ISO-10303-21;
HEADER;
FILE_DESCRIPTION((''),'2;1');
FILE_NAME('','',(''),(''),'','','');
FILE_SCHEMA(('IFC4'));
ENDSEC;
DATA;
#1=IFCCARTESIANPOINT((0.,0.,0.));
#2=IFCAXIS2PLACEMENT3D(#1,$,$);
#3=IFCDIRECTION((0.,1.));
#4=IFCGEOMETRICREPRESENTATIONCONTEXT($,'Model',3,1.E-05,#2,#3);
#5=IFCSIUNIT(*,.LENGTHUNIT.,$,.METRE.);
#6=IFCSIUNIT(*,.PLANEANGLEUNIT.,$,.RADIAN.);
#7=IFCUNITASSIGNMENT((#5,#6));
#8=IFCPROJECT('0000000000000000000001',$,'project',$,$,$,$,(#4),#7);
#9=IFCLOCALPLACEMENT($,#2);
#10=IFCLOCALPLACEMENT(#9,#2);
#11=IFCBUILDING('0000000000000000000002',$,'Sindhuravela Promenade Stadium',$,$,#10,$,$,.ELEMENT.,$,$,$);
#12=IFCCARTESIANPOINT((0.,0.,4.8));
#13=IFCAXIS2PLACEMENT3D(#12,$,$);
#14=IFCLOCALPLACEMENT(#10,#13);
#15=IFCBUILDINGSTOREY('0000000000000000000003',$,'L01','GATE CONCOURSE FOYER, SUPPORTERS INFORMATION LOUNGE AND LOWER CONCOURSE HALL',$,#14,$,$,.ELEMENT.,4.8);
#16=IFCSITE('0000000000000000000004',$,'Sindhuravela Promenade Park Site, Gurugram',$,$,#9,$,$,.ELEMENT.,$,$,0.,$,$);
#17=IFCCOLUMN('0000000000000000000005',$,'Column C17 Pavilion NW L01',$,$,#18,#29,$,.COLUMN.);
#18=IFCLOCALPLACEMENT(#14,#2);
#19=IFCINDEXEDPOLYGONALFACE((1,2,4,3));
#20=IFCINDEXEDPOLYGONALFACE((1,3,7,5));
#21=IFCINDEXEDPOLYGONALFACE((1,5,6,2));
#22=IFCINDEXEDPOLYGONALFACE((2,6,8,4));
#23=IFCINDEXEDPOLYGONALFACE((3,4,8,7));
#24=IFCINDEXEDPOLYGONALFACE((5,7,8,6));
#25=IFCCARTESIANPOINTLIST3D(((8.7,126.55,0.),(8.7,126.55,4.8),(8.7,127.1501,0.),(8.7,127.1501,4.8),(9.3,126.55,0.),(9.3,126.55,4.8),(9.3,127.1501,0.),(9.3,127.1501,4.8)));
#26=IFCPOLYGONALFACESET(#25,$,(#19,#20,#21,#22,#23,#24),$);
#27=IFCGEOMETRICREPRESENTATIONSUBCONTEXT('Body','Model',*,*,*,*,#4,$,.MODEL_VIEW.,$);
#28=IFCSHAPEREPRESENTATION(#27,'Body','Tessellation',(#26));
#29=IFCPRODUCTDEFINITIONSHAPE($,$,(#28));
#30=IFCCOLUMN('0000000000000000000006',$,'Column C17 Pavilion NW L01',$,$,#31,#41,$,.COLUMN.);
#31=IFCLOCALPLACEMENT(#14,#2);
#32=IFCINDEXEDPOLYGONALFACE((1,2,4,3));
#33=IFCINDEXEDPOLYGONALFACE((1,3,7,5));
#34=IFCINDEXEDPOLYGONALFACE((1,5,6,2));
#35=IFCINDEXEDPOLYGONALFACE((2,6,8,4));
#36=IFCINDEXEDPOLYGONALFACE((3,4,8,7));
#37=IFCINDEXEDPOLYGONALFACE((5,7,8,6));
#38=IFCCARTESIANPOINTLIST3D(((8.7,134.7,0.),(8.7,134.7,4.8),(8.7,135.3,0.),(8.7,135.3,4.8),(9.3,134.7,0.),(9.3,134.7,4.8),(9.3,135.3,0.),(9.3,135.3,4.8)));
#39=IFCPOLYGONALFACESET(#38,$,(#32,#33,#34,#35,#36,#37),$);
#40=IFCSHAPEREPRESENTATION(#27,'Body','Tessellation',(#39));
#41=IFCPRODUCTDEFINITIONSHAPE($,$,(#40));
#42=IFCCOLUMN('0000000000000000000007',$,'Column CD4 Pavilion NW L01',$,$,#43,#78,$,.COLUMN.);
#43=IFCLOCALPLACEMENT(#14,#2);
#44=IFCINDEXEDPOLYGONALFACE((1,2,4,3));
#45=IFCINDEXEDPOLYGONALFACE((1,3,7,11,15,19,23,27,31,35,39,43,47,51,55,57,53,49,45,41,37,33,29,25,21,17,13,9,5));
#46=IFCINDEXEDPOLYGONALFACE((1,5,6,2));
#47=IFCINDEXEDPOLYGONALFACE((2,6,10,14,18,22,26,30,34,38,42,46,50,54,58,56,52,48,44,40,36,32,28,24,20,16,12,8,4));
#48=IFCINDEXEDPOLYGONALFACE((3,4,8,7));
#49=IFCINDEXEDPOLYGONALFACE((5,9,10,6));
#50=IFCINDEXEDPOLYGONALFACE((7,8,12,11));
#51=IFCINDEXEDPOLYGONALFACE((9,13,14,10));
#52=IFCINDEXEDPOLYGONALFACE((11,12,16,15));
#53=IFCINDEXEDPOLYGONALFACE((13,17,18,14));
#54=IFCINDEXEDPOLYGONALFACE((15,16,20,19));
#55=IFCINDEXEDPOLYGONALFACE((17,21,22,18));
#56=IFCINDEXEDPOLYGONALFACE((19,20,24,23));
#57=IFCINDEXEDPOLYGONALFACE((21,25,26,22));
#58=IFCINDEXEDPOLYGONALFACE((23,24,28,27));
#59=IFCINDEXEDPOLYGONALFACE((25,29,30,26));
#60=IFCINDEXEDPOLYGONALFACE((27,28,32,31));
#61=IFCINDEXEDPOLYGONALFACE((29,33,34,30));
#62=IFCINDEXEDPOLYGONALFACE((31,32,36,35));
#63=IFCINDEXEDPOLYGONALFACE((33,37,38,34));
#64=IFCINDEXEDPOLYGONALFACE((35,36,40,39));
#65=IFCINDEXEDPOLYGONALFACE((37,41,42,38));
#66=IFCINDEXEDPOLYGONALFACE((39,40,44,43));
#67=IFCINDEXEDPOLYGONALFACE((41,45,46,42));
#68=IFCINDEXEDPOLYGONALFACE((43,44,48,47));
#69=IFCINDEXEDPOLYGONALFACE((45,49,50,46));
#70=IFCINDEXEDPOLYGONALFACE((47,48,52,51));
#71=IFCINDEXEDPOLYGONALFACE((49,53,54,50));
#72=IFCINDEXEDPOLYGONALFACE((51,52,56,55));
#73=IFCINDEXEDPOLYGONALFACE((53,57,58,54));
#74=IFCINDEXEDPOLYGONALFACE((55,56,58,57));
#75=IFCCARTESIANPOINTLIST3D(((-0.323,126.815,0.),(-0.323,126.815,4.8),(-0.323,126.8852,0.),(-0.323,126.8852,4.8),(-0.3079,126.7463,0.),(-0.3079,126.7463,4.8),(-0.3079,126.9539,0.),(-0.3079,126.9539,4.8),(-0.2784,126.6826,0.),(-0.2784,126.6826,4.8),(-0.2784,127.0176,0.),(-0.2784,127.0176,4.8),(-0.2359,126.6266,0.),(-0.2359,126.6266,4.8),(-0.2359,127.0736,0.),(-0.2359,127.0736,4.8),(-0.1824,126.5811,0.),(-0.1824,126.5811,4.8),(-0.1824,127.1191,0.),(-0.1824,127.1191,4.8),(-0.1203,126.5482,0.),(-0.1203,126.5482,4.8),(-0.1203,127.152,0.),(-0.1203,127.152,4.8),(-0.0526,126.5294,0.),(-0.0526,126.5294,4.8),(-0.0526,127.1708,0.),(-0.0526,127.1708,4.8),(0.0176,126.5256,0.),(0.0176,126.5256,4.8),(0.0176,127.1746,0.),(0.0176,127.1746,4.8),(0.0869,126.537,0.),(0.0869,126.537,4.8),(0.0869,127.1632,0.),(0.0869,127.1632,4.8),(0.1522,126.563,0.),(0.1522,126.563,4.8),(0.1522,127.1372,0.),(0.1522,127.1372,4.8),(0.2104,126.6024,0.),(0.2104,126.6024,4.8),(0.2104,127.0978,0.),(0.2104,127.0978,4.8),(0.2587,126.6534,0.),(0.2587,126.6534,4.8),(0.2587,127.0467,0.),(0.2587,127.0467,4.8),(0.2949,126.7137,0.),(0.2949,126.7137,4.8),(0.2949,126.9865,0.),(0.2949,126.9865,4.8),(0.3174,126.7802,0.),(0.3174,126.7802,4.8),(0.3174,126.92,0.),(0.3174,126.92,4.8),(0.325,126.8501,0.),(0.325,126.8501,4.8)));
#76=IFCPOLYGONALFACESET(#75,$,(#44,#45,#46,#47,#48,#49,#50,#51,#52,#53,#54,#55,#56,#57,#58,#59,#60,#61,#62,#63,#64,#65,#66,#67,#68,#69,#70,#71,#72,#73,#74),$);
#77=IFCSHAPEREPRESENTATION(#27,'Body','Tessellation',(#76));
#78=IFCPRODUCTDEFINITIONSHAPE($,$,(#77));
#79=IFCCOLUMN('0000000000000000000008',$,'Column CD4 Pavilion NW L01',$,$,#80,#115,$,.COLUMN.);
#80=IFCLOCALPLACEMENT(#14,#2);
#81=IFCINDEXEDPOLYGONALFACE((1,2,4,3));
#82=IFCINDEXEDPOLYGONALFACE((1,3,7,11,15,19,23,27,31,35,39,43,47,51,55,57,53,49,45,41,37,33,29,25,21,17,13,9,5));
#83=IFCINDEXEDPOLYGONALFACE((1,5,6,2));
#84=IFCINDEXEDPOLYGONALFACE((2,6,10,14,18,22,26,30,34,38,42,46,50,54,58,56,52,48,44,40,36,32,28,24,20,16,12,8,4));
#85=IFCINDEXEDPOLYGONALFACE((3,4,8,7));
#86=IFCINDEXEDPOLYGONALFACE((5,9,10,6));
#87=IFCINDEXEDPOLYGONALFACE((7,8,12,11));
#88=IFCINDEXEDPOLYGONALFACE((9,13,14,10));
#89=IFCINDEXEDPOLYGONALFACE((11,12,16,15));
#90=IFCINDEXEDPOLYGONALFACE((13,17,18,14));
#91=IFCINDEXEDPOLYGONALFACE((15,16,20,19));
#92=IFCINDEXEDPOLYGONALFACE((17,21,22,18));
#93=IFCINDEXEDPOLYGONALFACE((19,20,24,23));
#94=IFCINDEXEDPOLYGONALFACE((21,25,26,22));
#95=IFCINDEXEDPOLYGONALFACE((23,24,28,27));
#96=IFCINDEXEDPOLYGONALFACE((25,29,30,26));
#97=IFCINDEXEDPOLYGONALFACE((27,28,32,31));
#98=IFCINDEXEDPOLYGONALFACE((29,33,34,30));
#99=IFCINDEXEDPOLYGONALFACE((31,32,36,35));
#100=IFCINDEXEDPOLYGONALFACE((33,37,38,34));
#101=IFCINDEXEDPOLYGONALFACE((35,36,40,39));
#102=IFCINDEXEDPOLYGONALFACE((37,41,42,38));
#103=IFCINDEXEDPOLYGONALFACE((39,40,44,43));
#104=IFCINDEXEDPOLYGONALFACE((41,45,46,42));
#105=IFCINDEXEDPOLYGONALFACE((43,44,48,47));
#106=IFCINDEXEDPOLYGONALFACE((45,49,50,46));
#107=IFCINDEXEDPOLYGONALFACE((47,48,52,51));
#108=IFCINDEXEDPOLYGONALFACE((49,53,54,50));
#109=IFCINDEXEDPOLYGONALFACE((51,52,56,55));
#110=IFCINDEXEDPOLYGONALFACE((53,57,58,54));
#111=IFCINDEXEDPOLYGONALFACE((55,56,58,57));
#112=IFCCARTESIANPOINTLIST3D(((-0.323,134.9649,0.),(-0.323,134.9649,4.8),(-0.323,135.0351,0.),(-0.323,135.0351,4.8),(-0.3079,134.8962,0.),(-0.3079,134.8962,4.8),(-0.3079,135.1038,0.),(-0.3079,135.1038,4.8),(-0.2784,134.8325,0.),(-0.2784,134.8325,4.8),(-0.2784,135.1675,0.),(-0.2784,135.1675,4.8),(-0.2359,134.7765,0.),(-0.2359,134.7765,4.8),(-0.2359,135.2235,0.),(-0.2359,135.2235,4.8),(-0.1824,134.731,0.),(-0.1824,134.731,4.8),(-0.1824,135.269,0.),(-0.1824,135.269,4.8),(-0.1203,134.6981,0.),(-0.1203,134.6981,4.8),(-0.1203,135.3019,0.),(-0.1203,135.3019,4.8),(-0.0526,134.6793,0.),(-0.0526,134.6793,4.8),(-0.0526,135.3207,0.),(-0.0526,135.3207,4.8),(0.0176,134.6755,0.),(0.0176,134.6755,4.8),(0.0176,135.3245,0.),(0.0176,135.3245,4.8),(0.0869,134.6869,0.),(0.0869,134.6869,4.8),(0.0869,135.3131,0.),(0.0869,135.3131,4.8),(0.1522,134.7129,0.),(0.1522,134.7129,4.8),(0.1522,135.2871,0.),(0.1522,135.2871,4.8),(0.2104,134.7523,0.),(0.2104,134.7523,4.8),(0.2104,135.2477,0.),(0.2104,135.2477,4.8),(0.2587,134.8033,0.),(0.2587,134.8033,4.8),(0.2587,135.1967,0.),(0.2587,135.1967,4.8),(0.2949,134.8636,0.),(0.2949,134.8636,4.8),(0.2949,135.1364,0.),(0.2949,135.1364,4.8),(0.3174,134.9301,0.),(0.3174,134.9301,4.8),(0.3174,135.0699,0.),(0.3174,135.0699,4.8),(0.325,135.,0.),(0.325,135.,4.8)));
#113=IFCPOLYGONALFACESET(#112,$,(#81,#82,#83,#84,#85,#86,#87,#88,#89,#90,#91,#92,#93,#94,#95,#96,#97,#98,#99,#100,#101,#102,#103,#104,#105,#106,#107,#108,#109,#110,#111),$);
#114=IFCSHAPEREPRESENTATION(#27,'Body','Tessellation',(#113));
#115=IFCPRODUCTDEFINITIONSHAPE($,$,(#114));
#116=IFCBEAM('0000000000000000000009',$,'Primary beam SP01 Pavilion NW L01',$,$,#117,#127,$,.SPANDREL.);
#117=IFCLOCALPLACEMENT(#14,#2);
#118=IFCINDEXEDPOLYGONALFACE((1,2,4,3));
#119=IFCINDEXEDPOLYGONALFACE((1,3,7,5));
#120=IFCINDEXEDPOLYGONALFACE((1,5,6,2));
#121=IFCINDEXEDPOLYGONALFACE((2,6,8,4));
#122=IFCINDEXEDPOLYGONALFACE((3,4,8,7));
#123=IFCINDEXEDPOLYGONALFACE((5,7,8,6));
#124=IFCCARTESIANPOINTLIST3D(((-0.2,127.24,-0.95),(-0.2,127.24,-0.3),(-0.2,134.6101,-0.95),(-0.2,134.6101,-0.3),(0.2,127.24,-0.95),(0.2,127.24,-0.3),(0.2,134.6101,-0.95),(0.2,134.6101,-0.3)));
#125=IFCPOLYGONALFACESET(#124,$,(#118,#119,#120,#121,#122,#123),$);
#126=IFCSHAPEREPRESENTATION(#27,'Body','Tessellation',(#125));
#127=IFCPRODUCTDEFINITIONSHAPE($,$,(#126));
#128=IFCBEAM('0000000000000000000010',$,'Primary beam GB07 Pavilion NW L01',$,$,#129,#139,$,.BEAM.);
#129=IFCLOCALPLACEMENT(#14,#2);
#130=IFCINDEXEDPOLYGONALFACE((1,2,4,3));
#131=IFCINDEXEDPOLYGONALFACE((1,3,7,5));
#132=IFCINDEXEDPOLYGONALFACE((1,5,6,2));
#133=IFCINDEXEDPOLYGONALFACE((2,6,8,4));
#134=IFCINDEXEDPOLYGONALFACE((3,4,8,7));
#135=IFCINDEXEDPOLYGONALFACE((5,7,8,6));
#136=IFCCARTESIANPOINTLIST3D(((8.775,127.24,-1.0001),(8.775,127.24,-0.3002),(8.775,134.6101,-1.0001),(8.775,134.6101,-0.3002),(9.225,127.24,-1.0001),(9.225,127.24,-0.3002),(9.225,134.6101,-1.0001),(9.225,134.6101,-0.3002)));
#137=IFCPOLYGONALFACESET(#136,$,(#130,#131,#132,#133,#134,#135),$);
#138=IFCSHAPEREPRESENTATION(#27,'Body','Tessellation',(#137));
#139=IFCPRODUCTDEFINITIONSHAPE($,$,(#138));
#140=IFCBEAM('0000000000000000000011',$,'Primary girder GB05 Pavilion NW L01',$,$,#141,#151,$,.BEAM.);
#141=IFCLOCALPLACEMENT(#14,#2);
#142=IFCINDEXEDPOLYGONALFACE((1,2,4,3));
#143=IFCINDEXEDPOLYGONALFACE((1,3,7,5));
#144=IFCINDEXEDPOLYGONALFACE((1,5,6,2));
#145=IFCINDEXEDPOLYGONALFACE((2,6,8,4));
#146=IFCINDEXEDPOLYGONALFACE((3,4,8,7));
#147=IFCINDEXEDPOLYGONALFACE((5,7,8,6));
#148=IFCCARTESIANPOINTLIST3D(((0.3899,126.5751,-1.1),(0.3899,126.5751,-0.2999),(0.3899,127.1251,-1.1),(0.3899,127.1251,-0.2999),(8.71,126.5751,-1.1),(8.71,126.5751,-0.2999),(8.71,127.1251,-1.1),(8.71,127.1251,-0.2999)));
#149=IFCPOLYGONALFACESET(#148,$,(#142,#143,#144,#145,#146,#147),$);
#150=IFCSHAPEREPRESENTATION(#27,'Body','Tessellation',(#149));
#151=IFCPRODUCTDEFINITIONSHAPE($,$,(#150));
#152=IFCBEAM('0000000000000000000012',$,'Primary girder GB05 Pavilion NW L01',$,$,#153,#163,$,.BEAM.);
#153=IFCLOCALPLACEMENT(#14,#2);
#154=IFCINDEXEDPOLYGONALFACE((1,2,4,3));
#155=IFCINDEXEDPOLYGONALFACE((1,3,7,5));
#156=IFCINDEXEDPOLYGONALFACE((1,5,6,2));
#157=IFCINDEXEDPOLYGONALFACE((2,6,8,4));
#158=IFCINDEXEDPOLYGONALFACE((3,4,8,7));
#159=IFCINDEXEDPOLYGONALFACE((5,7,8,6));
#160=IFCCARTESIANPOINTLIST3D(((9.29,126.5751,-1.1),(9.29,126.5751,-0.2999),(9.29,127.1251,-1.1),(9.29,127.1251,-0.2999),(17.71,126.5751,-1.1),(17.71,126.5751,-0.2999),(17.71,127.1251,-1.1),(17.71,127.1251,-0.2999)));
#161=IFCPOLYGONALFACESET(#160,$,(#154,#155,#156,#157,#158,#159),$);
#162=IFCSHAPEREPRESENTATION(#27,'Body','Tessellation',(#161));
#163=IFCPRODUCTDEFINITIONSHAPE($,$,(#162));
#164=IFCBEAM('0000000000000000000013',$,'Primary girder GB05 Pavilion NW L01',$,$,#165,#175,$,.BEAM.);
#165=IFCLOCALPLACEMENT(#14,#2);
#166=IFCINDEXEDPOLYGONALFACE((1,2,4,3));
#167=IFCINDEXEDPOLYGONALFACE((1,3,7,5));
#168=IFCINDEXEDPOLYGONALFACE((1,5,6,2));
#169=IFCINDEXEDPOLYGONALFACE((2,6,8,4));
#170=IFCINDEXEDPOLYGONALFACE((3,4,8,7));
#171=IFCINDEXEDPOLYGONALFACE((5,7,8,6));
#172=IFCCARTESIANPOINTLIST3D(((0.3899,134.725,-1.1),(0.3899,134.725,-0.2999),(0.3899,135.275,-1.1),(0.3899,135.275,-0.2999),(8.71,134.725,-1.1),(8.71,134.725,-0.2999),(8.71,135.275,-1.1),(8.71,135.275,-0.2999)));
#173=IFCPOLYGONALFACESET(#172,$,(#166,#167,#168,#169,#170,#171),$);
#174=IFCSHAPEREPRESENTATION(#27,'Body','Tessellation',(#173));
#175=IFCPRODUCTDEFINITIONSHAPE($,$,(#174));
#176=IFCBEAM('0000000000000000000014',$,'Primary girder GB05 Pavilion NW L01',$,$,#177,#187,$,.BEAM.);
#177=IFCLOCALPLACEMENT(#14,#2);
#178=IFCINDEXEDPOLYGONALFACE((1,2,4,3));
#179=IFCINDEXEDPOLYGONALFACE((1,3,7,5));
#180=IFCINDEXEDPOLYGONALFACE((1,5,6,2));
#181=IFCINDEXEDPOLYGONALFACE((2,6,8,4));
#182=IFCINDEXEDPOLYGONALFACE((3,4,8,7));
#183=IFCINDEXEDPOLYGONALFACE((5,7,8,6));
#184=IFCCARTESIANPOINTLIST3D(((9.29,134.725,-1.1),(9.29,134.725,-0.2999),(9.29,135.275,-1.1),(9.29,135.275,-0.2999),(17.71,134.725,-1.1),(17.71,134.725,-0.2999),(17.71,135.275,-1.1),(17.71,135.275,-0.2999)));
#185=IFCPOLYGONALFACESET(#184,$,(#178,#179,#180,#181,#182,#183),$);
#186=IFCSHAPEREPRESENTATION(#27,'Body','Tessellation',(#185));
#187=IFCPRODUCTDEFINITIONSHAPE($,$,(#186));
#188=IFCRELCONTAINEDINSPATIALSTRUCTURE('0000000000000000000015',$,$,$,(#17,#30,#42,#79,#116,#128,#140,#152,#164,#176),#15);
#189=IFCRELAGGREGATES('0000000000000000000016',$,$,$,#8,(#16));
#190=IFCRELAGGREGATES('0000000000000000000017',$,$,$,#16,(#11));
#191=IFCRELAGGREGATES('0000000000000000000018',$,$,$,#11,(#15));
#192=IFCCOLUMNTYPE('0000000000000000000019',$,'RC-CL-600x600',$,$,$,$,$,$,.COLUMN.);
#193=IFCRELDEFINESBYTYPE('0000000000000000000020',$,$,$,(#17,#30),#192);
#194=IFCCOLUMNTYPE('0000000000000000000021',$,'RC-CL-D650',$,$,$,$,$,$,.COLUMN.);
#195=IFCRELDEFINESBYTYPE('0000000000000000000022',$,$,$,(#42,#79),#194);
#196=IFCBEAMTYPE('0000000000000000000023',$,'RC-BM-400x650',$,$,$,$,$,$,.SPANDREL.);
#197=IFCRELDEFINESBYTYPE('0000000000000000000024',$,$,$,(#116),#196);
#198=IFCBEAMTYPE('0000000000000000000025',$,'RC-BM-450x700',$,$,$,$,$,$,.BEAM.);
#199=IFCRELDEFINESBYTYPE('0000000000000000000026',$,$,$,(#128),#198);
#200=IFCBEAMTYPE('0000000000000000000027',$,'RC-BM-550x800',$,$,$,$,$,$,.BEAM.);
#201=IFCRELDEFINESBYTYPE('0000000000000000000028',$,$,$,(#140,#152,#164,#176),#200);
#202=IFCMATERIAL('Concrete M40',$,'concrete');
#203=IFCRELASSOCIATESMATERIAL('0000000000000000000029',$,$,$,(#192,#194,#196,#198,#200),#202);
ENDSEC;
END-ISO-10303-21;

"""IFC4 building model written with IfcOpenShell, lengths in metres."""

from ifc_helpers import new_model, si_unit, direction, frame, origin, origin_2d, place, context, subcontext, project, spatial, rectangle, circle, extrude, material, material_profile, profile_set, type_object, element, save


model = new_model("IFC4")

# Units and contexts
model_context = context("Model", 3, precision=1e-05, world=origin(), true_north=direction((0.0, 1.0)))
body_context = subcontext(model_context, "Body", "Model", "MODEL_VIEW")
ifc_project = project(units=[si_unit("LENGTHUNIT", "METRE"), si_unit("PLANEANGLEUNIT", "RADIAN")], contexts=[model_context])

# Site, building, storey
site_placement = place(None, origin())
site = spatial("IfcSite", under=ifc_project, at=site_placement, Name="Sindhuravela Promenade Park Site, Gurugram", CompositionType="ELEMENT", RefElevation=0.0)
building_placement = place(site_placement, origin())
building = spatial("IfcBuilding", under=site, at=building_placement, Name="Sindhuravela Promenade Stadium", CompositionType="ELEMENT")
storey_placement = place(building_placement, frame((0.0, 0.0, 4.8)))
storey = spatial("IfcBuildingStorey", under=building, at=storey_placement, Name="L01", Description="GATE CONCOURSE FOYER, SUPPORTERS INFORMATION LOUNGE AND LOWER CONCOURSE HALL", CompositionType="ELEMENT", Elevation=4.8)

# Columns
ifc_material_1 = material(Name="Concrete M40", Category="concrete")
ifc_material_profile_1 = material_profile(ifc_material_1, rectangle(XDim=0.6001, YDim=0.6001, at=origin_2d()), Name="RC 600x600")
ifc_profile_set_1 = profile_set([ifc_material_profile_1], Name="Concrete M40")
column_type_1 = type_object("IfcColumnType", Name="RC-CL-600x600", PredefinedType="COLUMN", material=ifc_profile_set_1)
for number, where, z_axis, x_axis, name in (
    (1, (9.0, 126.8501, 0.0), (0.0, 0.0, 1.0), (1.0, 0.0, 0.0), "Column C17 Pavilion NW L01"),
    (2, (9.0, 135.0, 0.0), (0.0, 0.0, 1.0), (1.0, 0.0, 0.0), "Column C17 Pavilion NW L01"),
):
    element("IfcColumn", number, at=place(storey_placement, frame(where, z_axis=z_axis, x_axis=x_axis)), inside=storey, type_object=column_type_1, Name=name, PredefinedType="COLUMN", context=body_context, shape_type="SweptSolid", body=[
        extrude(rectangle(XDim=0.6001, YDim=0.6001, at=origin_2d()), origin(), (0.0, 0.0, 1.0), 4.8),
    ])
ifc_material_profile_2 = material_profile(ifc_material_1, circle(Radius=0.325, at=origin_2d()), Name="RC D650")
ifc_profile_set_2 = profile_set([ifc_material_profile_2], Name="Concrete M40")
column_type_2 = type_object("IfcColumnType", Name="RC-CL-D650", PredefinedType="COLUMN", material=ifc_profile_set_2)
for number, where, z_axis, x_axis, name in (
    (3, (0.0, 126.8501, 0.0), (0.0, 0.0, 1.0), (1.0, 0.0, 0.0), "Column CD4 Pavilion NW L01"),
    (4, (0.0, 135.0, 0.0), (0.0, 0.0, 1.0), (1.0, 0.0, 0.0), "Column CD4 Pavilion NW L01"),
):
    element("IfcColumn", number, at=place(storey_placement, frame(where, z_axis=z_axis, x_axis=x_axis)), inside=storey, type_object=column_type_2, Name=name, PredefinedType="COLUMN", context=body_context, shape_type="SweptSolid", body=[
        extrude(circle(Radius=0.325, at=origin_2d()), origin(), (0.0, 0.0, 1.0), 4.8),
    ])

# Beams
ifc_material_profile_3 = material_profile(ifc_material_1, rectangle(XDim=0.3999, YDim=0.6499, at=origin_2d()), Name="RC 400x650")
ifc_profile_set_3 = profile_set([ifc_material_profile_3], Name="Concrete M40")
beam_type_1 = type_object("IfcBeamType", Name="RC-BM-400x650", PredefinedType="SPANDREL", material=ifc_profile_set_3)
beam_1_placement = place(storey_placement, frame((0.0, 127.24, -0.625), z_axis=(0.0, 1.0, 0.0), x_axis=(-1.0, 0.0, 0.0)))
element("IfcBeam", 5, at=beam_1_placement, inside=storey, type_object=beam_type_1, Name="Primary beam SP01 Pavilion NW L01", PredefinedType="SPANDREL", context=body_context, shape_type="SweptSolid", body=[
    extrude(rectangle(XDim=0.3999, YDim=0.6499, at=origin_2d()), origin(), (0.0, 0.0, 1.0), 7.3701),
])
ifc_material_profile_4 = material_profile(ifc_material_1, rectangle(XDim=0.45, YDim=0.7, at=origin_2d()), Name="RC 450x700")
ifc_profile_set_4 = profile_set([ifc_material_profile_4], Name="Concrete M40")
beam_type_2 = type_object("IfcBeamType", Name="RC-BM-450x700", PredefinedType="BEAM", material=ifc_profile_set_4)
beam_2_placement = place(storey_placement, frame((9.0, 127.24, -0.6501), z_axis=(0.0, 1.0, 0.0), x_axis=(-1.0, 0.0, 0.0)))
element("IfcBeam", 6, at=beam_2_placement, inside=storey, type_object=beam_type_2, Name="Primary beam GB07 Pavilion NW L01", PredefinedType="BEAM", context=body_context, shape_type="SweptSolid", body=[
    extrude(rectangle(XDim=0.45, YDim=0.7, at=origin_2d()), origin(), (0.0, 0.0, 1.0), 7.3701),
])
ifc_material_profile_5 = material_profile(ifc_material_1, rectangle(XDim=0.55, YDim=0.8, at=origin_2d()), Name="RC 550x800")
ifc_profile_set_5 = profile_set([ifc_material_profile_5], Name="Concrete M40")
beam_type_3 = type_object("IfcBeamType", Name="RC-BM-550x800", PredefinedType="BEAM", material=ifc_profile_set_5)
beam_3_placement = place(storey_placement, frame((0.3899, 126.8501, -0.7), z_axis=(1.0, 0.0, 0.0), x_axis=(0.0, 1.0, 0.0)))
element("IfcBeam", 7, at=beam_3_placement, inside=storey, type_object=beam_type_3, Name="Primary girder GB05 Pavilion NW L01", PredefinedType="BEAM", context=body_context, shape_type="SweptSolid", body=[
    extrude(rectangle(XDim=0.55, YDim=0.8, at=origin_2d()), origin(), (0.0, 0.0, 1.0), 8.3201),
])
beam_4_placement = place(storey_placement, frame((9.29, 126.8501, -0.7), z_axis=(1.0, 0.0, 0.0), x_axis=(0.0, 1.0, 0.0)))
element("IfcBeam", 8, at=beam_4_placement, inside=storey, type_object=beam_type_3, Name="Primary girder GB05 Pavilion NW L01", PredefinedType="BEAM", context=body_context, shape_type="SweptSolid", body=[
    extrude(rectangle(XDim=0.55, YDim=0.8, at=origin_2d()), origin(), (0.0, 0.0, 1.0), 8.4199),
])
beam_5_placement = place(storey_placement, frame((0.3899, 135.0, -0.7), z_axis=(1.0, 0.0, 0.0), x_axis=(0.0, 1.0, 0.0)))
element("IfcBeam", 9, at=beam_5_placement, inside=storey, type_object=beam_type_3, Name="Primary girder GB05 Pavilion NW L01", PredefinedType="BEAM", context=body_context, shape_type="SweptSolid", body=[
    extrude(rectangle(XDim=0.55, YDim=0.8, at=origin_2d()), origin(), (0.0, 0.0, 1.0), 8.3201),
])
beam_6_placement = place(storey_placement, frame((9.29, 135.0, -0.7), z_axis=(1.0, 0.0, 0.0), x_axis=(0.0, 1.0, 0.0)))
element("IfcBeam", 10, at=beam_6_placement, inside=storey, type_object=beam_type_3, Name="Primary girder GB05 Pavilion NW L01", PredefinedType="BEAM", context=body_context, shape_type="SweptSolid", body=[
    extrude(rectangle(XDim=0.55, YDim=0.8, at=origin_2d()), origin(), (0.0, 0.0, 1.0), 8.4199),
])

save(model, "model.ifc")
